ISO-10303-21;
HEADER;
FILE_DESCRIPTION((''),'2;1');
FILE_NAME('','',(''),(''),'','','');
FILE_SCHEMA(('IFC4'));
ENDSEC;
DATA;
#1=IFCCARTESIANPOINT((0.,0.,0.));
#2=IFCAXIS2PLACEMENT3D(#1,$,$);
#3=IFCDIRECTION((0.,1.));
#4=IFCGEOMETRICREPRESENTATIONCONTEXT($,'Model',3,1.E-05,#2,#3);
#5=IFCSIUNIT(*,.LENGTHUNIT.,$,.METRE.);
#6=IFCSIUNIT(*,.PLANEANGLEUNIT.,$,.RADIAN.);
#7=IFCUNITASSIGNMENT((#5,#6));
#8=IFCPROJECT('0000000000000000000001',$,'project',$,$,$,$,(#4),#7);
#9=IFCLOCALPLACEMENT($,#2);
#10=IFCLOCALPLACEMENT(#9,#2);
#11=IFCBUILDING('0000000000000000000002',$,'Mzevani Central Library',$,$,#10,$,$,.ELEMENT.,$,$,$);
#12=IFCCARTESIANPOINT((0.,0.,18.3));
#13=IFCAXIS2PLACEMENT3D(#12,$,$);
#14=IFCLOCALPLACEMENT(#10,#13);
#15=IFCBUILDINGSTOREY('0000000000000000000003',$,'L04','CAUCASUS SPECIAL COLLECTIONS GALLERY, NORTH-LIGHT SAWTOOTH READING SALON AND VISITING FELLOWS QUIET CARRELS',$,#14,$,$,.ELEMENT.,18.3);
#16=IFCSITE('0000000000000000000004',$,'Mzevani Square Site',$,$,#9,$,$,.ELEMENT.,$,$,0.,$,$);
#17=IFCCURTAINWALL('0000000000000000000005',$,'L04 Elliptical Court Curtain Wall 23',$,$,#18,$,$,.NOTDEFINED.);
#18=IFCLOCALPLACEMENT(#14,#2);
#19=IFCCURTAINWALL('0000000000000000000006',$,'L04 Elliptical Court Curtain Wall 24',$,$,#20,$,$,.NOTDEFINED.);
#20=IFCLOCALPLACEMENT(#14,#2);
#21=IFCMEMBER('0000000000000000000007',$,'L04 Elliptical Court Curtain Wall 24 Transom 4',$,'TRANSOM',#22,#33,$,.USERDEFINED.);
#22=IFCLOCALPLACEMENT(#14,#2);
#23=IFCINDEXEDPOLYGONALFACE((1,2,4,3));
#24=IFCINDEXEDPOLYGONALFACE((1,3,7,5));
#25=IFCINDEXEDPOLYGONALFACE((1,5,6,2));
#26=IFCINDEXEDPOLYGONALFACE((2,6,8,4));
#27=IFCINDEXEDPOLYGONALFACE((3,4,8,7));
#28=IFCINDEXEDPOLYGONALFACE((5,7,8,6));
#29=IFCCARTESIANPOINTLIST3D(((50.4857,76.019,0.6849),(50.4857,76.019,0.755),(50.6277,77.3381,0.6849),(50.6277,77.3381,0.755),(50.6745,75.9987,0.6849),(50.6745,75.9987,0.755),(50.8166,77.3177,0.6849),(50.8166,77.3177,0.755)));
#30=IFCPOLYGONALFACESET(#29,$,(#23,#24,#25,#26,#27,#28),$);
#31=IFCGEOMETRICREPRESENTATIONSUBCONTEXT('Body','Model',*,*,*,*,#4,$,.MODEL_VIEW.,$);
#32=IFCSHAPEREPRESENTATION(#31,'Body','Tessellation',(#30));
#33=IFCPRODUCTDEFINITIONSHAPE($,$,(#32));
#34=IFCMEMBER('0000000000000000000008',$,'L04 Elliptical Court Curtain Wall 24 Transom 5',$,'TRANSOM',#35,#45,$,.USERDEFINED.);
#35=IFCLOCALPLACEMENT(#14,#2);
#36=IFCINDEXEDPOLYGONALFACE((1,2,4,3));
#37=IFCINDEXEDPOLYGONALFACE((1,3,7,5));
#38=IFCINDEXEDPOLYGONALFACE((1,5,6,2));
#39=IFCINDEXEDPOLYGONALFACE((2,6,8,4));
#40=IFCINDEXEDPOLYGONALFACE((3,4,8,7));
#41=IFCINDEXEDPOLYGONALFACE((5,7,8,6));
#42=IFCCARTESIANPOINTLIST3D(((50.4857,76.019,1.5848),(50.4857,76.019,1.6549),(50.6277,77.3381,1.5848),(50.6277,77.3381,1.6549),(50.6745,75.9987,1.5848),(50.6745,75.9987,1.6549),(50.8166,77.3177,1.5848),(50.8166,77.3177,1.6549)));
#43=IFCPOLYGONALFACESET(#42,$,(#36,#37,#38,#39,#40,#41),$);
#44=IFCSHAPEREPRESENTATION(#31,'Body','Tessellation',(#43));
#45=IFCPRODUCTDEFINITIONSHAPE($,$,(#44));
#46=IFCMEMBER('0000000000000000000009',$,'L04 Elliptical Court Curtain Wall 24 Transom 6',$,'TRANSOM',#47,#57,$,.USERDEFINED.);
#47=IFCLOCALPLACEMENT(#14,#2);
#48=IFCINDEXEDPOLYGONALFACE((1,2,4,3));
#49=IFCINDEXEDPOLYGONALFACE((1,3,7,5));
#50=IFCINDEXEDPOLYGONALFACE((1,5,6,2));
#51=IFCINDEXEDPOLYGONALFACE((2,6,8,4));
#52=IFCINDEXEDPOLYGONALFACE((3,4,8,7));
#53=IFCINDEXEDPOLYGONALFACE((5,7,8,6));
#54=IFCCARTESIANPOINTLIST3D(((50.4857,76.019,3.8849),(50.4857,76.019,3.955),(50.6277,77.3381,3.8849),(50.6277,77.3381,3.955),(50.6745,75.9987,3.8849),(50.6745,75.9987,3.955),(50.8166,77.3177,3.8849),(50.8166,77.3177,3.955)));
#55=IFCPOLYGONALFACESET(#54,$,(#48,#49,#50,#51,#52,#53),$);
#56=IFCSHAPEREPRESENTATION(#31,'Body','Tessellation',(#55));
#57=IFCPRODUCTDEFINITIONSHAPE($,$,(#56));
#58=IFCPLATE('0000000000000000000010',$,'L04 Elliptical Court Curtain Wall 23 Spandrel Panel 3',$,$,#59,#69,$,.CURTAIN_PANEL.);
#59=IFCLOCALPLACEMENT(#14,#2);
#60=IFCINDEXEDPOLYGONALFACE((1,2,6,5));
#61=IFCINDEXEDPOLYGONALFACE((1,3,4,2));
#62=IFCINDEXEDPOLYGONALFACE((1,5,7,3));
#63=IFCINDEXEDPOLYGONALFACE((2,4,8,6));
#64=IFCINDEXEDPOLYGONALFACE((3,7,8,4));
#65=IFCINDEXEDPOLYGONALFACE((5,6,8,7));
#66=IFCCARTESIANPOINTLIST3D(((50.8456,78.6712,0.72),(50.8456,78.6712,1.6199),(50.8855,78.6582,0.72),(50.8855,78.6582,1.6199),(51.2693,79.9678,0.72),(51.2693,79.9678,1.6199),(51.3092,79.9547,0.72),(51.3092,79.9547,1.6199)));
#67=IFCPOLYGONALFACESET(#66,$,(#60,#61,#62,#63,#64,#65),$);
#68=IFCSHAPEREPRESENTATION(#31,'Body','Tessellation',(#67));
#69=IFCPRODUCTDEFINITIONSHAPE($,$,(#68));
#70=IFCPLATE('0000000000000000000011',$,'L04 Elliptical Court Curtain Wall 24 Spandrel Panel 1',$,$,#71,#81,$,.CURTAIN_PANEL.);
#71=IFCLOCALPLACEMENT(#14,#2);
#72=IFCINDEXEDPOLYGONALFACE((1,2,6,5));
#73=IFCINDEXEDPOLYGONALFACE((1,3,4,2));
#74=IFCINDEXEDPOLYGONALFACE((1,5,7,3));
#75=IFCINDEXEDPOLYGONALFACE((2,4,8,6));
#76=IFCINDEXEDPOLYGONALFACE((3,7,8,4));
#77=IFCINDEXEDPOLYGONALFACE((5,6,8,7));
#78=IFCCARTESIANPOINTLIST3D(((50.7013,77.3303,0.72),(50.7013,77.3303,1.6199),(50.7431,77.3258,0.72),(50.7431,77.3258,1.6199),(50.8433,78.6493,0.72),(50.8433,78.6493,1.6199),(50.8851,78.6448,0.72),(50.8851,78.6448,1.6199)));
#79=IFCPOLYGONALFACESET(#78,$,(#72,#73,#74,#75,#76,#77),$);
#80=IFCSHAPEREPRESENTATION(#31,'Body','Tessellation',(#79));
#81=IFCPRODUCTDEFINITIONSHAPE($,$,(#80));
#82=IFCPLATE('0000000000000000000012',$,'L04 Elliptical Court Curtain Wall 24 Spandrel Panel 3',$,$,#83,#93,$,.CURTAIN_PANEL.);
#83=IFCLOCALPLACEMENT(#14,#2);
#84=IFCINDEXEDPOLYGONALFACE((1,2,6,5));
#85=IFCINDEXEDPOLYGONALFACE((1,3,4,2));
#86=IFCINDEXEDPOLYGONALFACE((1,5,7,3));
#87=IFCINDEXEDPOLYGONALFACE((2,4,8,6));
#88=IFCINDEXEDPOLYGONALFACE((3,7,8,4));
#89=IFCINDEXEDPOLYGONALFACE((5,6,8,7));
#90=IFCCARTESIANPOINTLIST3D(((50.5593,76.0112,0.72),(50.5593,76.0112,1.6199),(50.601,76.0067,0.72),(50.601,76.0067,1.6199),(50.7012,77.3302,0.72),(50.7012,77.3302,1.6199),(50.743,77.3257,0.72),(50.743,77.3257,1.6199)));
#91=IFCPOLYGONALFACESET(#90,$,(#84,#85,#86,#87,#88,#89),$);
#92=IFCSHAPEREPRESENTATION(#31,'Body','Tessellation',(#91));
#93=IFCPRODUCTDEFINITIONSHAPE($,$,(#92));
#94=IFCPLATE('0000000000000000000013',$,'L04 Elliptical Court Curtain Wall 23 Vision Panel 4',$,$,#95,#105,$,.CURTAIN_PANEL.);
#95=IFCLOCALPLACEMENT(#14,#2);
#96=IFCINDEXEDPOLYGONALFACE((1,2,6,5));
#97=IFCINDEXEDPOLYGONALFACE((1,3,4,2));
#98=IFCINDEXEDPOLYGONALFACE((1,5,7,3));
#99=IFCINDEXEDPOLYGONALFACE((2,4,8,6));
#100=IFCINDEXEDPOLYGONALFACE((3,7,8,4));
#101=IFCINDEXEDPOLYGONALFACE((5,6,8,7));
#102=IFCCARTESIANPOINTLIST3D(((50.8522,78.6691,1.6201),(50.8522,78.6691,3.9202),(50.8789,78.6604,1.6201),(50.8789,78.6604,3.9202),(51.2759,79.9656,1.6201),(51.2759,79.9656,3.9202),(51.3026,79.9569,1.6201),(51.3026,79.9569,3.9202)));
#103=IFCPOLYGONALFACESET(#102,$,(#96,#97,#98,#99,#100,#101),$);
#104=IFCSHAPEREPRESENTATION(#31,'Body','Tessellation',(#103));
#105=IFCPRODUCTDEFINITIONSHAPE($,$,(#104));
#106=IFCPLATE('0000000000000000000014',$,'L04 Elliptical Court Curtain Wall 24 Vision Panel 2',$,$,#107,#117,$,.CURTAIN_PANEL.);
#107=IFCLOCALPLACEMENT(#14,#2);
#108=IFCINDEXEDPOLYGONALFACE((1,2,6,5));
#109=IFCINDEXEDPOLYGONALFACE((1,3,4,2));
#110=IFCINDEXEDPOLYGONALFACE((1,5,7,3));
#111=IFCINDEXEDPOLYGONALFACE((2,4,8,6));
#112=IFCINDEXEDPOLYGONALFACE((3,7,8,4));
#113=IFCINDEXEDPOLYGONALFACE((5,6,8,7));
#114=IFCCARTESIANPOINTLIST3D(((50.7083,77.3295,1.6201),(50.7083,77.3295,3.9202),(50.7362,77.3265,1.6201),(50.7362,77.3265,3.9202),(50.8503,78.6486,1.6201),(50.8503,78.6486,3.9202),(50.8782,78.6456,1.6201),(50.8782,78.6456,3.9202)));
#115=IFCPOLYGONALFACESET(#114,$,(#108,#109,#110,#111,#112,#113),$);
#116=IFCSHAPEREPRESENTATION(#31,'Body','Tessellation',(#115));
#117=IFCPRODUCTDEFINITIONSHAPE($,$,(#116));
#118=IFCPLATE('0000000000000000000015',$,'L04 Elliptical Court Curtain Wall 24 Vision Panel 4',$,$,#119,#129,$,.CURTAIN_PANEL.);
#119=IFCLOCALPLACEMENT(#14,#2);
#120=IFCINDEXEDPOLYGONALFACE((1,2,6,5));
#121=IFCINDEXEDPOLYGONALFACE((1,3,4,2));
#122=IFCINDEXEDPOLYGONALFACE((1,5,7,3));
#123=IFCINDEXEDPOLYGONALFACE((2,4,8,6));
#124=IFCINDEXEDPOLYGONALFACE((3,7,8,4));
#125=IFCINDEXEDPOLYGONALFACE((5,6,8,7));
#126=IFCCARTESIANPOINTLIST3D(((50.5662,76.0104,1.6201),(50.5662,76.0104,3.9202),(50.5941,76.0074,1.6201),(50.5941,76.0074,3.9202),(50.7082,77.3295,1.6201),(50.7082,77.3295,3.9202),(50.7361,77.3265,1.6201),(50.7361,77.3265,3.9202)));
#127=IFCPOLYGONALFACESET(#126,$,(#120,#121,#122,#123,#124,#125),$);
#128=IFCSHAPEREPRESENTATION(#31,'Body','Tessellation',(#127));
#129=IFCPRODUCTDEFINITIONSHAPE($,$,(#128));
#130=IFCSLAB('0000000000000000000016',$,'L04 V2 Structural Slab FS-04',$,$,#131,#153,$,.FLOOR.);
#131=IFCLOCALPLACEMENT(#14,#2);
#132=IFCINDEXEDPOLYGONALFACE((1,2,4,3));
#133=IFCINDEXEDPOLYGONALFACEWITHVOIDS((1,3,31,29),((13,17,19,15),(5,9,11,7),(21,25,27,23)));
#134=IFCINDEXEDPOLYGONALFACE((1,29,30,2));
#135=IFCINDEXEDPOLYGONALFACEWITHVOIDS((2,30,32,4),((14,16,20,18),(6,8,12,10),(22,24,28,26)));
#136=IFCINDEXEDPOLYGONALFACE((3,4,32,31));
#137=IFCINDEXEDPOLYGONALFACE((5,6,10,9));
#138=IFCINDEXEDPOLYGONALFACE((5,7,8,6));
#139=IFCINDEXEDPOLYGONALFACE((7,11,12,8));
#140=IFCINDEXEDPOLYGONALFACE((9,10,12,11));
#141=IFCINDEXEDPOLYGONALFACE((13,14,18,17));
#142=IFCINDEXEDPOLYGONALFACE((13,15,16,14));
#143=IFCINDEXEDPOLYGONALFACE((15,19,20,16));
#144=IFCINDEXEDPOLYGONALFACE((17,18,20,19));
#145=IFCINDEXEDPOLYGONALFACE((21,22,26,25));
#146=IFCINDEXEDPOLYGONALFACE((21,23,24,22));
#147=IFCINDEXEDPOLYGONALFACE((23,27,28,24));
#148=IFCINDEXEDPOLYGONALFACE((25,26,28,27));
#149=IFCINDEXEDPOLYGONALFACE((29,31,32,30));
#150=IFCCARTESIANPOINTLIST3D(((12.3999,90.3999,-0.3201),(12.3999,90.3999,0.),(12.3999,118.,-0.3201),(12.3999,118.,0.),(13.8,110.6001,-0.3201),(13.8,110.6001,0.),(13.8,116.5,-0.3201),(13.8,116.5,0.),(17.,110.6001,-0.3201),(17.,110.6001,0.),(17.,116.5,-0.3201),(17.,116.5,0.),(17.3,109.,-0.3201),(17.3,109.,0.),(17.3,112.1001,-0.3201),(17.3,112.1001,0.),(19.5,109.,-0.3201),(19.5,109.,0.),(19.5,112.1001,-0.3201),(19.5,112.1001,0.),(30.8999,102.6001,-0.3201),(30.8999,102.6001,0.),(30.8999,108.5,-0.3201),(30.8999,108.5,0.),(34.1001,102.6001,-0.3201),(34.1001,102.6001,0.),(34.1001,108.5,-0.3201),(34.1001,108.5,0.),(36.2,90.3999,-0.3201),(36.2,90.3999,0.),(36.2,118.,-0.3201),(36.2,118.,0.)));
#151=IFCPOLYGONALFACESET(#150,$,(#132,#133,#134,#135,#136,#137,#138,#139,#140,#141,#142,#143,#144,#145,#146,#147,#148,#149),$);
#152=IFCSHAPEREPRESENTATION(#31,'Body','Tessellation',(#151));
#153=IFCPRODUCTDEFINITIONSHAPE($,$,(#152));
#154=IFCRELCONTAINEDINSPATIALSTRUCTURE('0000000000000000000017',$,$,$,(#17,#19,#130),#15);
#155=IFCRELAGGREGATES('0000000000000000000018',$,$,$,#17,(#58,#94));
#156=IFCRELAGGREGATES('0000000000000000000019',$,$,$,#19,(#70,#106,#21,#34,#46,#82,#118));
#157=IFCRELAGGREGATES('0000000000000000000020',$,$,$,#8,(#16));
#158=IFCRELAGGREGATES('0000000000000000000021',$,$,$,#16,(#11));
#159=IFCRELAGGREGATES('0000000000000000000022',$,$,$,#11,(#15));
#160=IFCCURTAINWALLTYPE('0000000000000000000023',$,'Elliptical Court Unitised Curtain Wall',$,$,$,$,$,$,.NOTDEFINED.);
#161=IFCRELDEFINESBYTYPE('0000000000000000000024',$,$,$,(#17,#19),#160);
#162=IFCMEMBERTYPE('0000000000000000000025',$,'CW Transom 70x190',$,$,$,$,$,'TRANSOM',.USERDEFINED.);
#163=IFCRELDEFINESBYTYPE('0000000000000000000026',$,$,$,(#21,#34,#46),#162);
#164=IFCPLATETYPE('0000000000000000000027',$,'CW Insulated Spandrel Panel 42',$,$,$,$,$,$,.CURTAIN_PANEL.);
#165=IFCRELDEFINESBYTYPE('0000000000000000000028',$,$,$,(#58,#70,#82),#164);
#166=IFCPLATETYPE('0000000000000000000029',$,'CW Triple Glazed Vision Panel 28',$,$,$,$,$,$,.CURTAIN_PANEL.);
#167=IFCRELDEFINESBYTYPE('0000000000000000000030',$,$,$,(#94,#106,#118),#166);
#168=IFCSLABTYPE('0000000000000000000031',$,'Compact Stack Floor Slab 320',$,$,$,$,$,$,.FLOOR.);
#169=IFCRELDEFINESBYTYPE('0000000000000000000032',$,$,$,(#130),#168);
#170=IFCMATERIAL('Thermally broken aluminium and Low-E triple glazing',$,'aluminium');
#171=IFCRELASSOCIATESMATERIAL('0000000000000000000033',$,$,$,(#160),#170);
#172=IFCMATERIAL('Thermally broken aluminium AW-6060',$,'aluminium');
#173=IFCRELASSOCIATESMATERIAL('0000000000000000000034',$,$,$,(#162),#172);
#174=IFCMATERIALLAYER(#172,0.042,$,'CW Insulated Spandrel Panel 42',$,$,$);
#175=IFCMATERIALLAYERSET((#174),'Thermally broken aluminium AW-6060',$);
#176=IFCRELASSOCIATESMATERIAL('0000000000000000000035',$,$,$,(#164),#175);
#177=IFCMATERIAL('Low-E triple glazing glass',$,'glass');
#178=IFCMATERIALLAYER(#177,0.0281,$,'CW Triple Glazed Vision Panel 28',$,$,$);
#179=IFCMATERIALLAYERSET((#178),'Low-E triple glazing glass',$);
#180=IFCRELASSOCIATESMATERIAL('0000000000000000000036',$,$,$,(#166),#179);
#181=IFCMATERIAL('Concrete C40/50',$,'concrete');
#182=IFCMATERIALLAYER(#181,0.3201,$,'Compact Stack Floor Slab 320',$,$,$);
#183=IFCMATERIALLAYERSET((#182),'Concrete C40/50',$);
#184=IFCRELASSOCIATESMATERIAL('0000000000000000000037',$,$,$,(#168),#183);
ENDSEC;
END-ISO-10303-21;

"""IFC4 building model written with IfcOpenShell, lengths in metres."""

from ifc_helpers import new_model, si_unit, direction, frame, origin, origin_2d, place, context, subcontext, project, spatial, polyline, rectangle, outline, extrude, material, layer, layer_set, material_profile, profile_set, type_object, element, aggregate, save


model = new_model("IFC4")

# Units and contexts
model_context = context("Model", 3, precision=1e-05, world=origin(), true_north=direction((0.0, 1.0)))
body_context = subcontext(model_context, "Body", "Model", "MODEL_VIEW")
ifc_project = project(units=[si_unit("LENGTHUNIT", "METRE"), si_unit("PLANEANGLEUNIT", "RADIAN")], contexts=[model_context])

# Site, building, storey
site_placement = place(None, origin())
site = spatial("IfcSite", under=ifc_project, at=site_placement, Name="Mzevani Square Site", CompositionType="ELEMENT", RefElevation=0.0)
building_placement = place(site_placement, origin())
building = spatial("IfcBuilding", under=site, at=building_placement, Name="Mzevani Central Library", CompositionType="ELEMENT")
storey_placement = place(building_placement, frame((0.0, 0.0, 18.3)))
storey = spatial("IfcBuildingStorey", under=building, at=storey_placement, Name="L04", Description="CAUCASUS SPECIAL COLLECTIONS GALLERY, NORTH-LIGHT SAWTOOTH READING SALON AND VISITING FELLOWS QUIET CARRELS", CompositionType="ELEMENT", Elevation=18.3)

# Shared definitions
ifc_material_1 = material(Name="Concrete C40/50", Category="concrete")

# Curtain walls
ifc_material_2 = material(Name="Thermally broken aluminium and Low-E triple glazing", Category="aluminium")
curtain_wall_type = type_object("IfcCurtainWallType", Name="Elliptical Court Unitised Curtain Wall", PredefinedType="NOTDEFINED", material=ifc_material_2)
curtain_wall_1_placement = place(storey_placement, origin())
curtain_wall_1 = element("IfcCurtainWall", 1, at=curtain_wall_1_placement, inside=storey, type_object=curtain_wall_type, Name="L04 Elliptical Court Curtain Wall 23", PredefinedType="NOTDEFINED")
ifc_material_3 = material(Name="Thermally broken aluminium AW-6060", Category="aluminium")
curtain_wall_2_placement = place(storey_placement, origin())
curtain_wall_2 = element("IfcCurtainWall", 2, at=curtain_wall_2_placement, inside=storey, type_object=curtain_wall_type, Name="L04 Elliptical Court Curtain Wall 24", PredefinedType="NOTDEFINED")

# Members
ifc_material_profile_1 = material_profile(ifc_material_3, rectangle(XDim=0.1899, YDim=0.0701, at=origin_2d()), Name="ALU T70x190")
ifc_profile_set_1 = profile_set([ifc_material_profile_1], Name="Thermally broken aluminium AW-6060")
member_type_1 = type_object("IfcMemberType", Name="CW Transom 70x190", ElementType="TRANSOM", PredefinedType="USERDEFINED", material=ifc_profile_set_1)
member_1_placement = place(storey_placement, frame((50.7222, 77.3279, 0.72), z_axis=(-0.107098, -0.994248, 0.0), x_axis=(0.994248, -0.107098, 0.0)))
member_1 = element("IfcMember", 3, at=member_1_placement, type_object=member_type_1, Name="L04 Elliptical Court Curtain Wall 24 Transom 4", ObjectType="TRANSOM", PredefinedType="USERDEFINED", context=body_context, shape_type="SweptSolid", body=[
    extrude(rectangle(XDim=0.1899, YDim=0.0701, at=origin_2d()), origin(), (0.0, 0.0, 1.0), 1.3267),
])
member_2_placement = place(storey_placement, frame((50.7222, 77.3279, 1.6199), z_axis=(-0.107098, -0.994248, 0.0), x_axis=(0.994248, -0.107098, 0.0)))
member_2 = element("IfcMember", 4, at=member_2_placement, type_object=member_type_1, Name="L04 Elliptical Court Curtain Wall 24 Transom 5", ObjectType="TRANSOM", PredefinedType="USERDEFINED", context=body_context, shape_type="SweptSolid", body=[
    extrude(rectangle(XDim=0.1899, YDim=0.0701, at=origin_2d()), origin(), (0.0, 0.0, 1.0), 1.3267),
])
member_3_placement = place(storey_placement, frame((50.7222, 77.3279, 3.9199), z_axis=(-0.107098, -0.994248, 0.0), x_axis=(0.994248, -0.107098, 0.0)))
member_3 = element("IfcMember", 5, at=member_3_placement, type_object=member_type_1, Name="L04 Elliptical Court Curtain Wall 24 Transom 6", ObjectType="TRANSOM", PredefinedType="USERDEFINED", context=body_context, shape_type="SweptSolid", body=[
    extrude(rectangle(XDim=0.1899, YDim=0.0701, at=origin_2d()), origin(), (0.0, 0.0, 1.0), 1.3267),
])

# Plates
ifc_layer_1 = layer(ifc_material_3, 0.042, Name="CW Insulated Spandrel Panel 42")
ifc_layer_set_1 = layer_set([ifc_layer_1], Name="Thermally broken aluminium AW-6060")
plate_type_1 = type_object("IfcPlateType", Name="CW Insulated Spandrel Panel 42", PredefinedType="CURTAIN_PANEL", material=ifc_layer_set_1)
plate_1_placement = place(storey_placement, frame((51.0774, 79.313, 0.72), z_axis=(0.0, 0.0, 1.0), x_axis=(-0.310592, -0.950543, 0.0)))
plate_1 = element("IfcPlate", 6, at=plate_1_placement, type_object=plate_type_1, Name="L04 Elliptical Court Curtain Wall 23 Spandrel Panel 3", PredefinedType="CURTAIN_PANEL", context=body_context, shape_type="SweptSolid", body=[
    extrude(rectangle(XDim=1.364, YDim=0.042, at=origin_2d()), origin(), (0.0, 0.0, 1.0), 0.8999),
])
plate_2_placement = place(storey_placement, frame((50.7932, 77.9875, 0.72), z_axis=(0.0, 0.0, 1.0), x_axis=(-0.107031, -0.994256, 0.0)))
plate_2 = element("IfcPlate", 7, at=plate_2_placement, type_object=plate_type_1, Name="L04 Elliptical Court Curtain Wall 24 Spandrel Panel 1", PredefinedType="CURTAIN_PANEL", context=body_context, shape_type="SweptSolid", body=[
    extrude(rectangle(XDim=1.3267, YDim=0.042, at=origin_2d()), origin(), (0.0, 0.0, 1.0), 0.8999),
])
plate_3_placement = place(storey_placement, frame((50.6511, 76.6685, 0.72), z_axis=(0.0, 0.0, 1.0), x_axis=(-0.107031, -0.994256, 0.0)))
plate_3 = element("IfcPlate", 8, at=plate_3_placement, type_object=plate_type_1, Name="L04 Elliptical Court Curtain Wall 24 Spandrel Panel 3", PredefinedType="CURTAIN_PANEL", context=body_context, shape_type="SweptSolid", body=[
    extrude(rectangle(XDim=1.3267, YDim=0.042, at=origin_2d()), origin(), (0.0, 0.0, 1.0), 0.8999),
])
ifc_material_4 = material(Name="Low-E triple glazing glass", Category="glass")
ifc_layer_2 = layer(ifc_material_4, 0.0281, Name="CW Triple Glazed Vision Panel 28")
ifc_layer_set_2 = layer_set([ifc_layer_2], Name="Low-E triple glazing glass")
plate_type_2 = type_object("IfcPlateType", Name="CW Triple Glazed Vision Panel 28", PredefinedType="CURTAIN_PANEL", material=ifc_layer_set_2)
plate_4_placement = place(storey_placement, frame((51.0774, 79.313, 1.6201), z_axis=(0.0, 0.0, 1.0), x_axis=(-0.310592, -0.950543, 0.0)))
plate_4 = element("IfcPlate", 9, at=plate_4_placement, type_object=plate_type_2, Name="L04 Elliptical Court Curtain Wall 23 Vision Panel 4", PredefinedType="CURTAIN_PANEL", context=body_context, shape_type="SweptSolid", body=[
    extrude(rectangle(XDim=1.364, YDim=0.0281, at=origin_2d()), origin(), (0.0, 0.0, 1.0), 2.3),
])
aggregate(curtain_wall_1, [plate_1, plate_4])
plate_5_placement = place(storey_placement, frame((50.7932, 77.9875, 1.6201), z_axis=(0.0, 0.0, 1.0), x_axis=(-0.107031, -0.994256, 0.0)))
plate_5 = element("IfcPlate", 10, at=plate_5_placement, type_object=plate_type_2, Name="L04 Elliptical Court Curtain Wall 24 Vision Panel 2", PredefinedType="CURTAIN_PANEL", context=body_context, shape_type="SweptSolid", body=[
    extrude(rectangle(XDim=1.3267, YDim=0.0281, at=origin_2d()), origin(), (0.0, 0.0, 1.0), 2.3),
])
plate_6_placement = place(storey_placement, frame((50.6511, 76.6685, 1.6201), z_axis=(0.0, 0.0, 1.0), x_axis=(-0.107031, -0.994256, 0.0)))
plate_6 = element("IfcPlate", 11, at=plate_6_placement, type_object=plate_type_2, Name="L04 Elliptical Court Curtain Wall 24 Vision Panel 4", PredefinedType="CURTAIN_PANEL", context=body_context, shape_type="SweptSolid", body=[
    extrude(rectangle(XDim=1.3267, YDim=0.0281, at=origin_2d()), origin(), (0.0, 0.0, 1.0), 2.3),
])
aggregate(curtain_wall_2, [plate_2, plate_5, member_1, member_2, member_3, plate_3, plate_6])

# Slab
ifc_layer_3 = layer(ifc_material_1, 0.3201, Name="Compact Stack Floor Slab 320")
ifc_layer_set_3 = layer_set([ifc_layer_3], Name="Concrete C40/50")
slab_type_1 = type_object("IfcSlabType", Name="Compact Stack Floor Slab 320", PredefinedType="FLOOR", material=ifc_layer_set_3)
slab_1_placement = place(storey_placement, frame((0.0, 0.0, -0.3201)))
element("IfcSlab", 12, at=slab_1_placement, inside=storey, type_object=slab_type_1, Name="L04 V2 Structural Slab FS-04", PredefinedType="FLOOR", context=body_context, shape_type="SweptSolid", body=[
    extrude(outline(polyline([(36.2, 90.3999), (12.3999, 90.3999), (12.3999, 118.0), (36.2, 118.0), (36.2, 90.3999)]), holes=[polyline([(17.0, 110.6001), (17.0, 116.5), (13.8, 116.5), (13.8, 110.6001), (17.0, 110.6001)]), polyline([(17.3, 109.0), (19.5, 109.0), (19.5, 112.1001), (17.3, 112.1001), (17.3, 109.0)]), polyline([(30.8999, 108.5), (30.8999, 102.6001), (34.1001, 102.6001), (34.1001, 108.5), (30.8999, 108.5)])]), origin(), (0.0, 0.0, 1.0), 0.3201),
])

save(model, "model.ifc")
